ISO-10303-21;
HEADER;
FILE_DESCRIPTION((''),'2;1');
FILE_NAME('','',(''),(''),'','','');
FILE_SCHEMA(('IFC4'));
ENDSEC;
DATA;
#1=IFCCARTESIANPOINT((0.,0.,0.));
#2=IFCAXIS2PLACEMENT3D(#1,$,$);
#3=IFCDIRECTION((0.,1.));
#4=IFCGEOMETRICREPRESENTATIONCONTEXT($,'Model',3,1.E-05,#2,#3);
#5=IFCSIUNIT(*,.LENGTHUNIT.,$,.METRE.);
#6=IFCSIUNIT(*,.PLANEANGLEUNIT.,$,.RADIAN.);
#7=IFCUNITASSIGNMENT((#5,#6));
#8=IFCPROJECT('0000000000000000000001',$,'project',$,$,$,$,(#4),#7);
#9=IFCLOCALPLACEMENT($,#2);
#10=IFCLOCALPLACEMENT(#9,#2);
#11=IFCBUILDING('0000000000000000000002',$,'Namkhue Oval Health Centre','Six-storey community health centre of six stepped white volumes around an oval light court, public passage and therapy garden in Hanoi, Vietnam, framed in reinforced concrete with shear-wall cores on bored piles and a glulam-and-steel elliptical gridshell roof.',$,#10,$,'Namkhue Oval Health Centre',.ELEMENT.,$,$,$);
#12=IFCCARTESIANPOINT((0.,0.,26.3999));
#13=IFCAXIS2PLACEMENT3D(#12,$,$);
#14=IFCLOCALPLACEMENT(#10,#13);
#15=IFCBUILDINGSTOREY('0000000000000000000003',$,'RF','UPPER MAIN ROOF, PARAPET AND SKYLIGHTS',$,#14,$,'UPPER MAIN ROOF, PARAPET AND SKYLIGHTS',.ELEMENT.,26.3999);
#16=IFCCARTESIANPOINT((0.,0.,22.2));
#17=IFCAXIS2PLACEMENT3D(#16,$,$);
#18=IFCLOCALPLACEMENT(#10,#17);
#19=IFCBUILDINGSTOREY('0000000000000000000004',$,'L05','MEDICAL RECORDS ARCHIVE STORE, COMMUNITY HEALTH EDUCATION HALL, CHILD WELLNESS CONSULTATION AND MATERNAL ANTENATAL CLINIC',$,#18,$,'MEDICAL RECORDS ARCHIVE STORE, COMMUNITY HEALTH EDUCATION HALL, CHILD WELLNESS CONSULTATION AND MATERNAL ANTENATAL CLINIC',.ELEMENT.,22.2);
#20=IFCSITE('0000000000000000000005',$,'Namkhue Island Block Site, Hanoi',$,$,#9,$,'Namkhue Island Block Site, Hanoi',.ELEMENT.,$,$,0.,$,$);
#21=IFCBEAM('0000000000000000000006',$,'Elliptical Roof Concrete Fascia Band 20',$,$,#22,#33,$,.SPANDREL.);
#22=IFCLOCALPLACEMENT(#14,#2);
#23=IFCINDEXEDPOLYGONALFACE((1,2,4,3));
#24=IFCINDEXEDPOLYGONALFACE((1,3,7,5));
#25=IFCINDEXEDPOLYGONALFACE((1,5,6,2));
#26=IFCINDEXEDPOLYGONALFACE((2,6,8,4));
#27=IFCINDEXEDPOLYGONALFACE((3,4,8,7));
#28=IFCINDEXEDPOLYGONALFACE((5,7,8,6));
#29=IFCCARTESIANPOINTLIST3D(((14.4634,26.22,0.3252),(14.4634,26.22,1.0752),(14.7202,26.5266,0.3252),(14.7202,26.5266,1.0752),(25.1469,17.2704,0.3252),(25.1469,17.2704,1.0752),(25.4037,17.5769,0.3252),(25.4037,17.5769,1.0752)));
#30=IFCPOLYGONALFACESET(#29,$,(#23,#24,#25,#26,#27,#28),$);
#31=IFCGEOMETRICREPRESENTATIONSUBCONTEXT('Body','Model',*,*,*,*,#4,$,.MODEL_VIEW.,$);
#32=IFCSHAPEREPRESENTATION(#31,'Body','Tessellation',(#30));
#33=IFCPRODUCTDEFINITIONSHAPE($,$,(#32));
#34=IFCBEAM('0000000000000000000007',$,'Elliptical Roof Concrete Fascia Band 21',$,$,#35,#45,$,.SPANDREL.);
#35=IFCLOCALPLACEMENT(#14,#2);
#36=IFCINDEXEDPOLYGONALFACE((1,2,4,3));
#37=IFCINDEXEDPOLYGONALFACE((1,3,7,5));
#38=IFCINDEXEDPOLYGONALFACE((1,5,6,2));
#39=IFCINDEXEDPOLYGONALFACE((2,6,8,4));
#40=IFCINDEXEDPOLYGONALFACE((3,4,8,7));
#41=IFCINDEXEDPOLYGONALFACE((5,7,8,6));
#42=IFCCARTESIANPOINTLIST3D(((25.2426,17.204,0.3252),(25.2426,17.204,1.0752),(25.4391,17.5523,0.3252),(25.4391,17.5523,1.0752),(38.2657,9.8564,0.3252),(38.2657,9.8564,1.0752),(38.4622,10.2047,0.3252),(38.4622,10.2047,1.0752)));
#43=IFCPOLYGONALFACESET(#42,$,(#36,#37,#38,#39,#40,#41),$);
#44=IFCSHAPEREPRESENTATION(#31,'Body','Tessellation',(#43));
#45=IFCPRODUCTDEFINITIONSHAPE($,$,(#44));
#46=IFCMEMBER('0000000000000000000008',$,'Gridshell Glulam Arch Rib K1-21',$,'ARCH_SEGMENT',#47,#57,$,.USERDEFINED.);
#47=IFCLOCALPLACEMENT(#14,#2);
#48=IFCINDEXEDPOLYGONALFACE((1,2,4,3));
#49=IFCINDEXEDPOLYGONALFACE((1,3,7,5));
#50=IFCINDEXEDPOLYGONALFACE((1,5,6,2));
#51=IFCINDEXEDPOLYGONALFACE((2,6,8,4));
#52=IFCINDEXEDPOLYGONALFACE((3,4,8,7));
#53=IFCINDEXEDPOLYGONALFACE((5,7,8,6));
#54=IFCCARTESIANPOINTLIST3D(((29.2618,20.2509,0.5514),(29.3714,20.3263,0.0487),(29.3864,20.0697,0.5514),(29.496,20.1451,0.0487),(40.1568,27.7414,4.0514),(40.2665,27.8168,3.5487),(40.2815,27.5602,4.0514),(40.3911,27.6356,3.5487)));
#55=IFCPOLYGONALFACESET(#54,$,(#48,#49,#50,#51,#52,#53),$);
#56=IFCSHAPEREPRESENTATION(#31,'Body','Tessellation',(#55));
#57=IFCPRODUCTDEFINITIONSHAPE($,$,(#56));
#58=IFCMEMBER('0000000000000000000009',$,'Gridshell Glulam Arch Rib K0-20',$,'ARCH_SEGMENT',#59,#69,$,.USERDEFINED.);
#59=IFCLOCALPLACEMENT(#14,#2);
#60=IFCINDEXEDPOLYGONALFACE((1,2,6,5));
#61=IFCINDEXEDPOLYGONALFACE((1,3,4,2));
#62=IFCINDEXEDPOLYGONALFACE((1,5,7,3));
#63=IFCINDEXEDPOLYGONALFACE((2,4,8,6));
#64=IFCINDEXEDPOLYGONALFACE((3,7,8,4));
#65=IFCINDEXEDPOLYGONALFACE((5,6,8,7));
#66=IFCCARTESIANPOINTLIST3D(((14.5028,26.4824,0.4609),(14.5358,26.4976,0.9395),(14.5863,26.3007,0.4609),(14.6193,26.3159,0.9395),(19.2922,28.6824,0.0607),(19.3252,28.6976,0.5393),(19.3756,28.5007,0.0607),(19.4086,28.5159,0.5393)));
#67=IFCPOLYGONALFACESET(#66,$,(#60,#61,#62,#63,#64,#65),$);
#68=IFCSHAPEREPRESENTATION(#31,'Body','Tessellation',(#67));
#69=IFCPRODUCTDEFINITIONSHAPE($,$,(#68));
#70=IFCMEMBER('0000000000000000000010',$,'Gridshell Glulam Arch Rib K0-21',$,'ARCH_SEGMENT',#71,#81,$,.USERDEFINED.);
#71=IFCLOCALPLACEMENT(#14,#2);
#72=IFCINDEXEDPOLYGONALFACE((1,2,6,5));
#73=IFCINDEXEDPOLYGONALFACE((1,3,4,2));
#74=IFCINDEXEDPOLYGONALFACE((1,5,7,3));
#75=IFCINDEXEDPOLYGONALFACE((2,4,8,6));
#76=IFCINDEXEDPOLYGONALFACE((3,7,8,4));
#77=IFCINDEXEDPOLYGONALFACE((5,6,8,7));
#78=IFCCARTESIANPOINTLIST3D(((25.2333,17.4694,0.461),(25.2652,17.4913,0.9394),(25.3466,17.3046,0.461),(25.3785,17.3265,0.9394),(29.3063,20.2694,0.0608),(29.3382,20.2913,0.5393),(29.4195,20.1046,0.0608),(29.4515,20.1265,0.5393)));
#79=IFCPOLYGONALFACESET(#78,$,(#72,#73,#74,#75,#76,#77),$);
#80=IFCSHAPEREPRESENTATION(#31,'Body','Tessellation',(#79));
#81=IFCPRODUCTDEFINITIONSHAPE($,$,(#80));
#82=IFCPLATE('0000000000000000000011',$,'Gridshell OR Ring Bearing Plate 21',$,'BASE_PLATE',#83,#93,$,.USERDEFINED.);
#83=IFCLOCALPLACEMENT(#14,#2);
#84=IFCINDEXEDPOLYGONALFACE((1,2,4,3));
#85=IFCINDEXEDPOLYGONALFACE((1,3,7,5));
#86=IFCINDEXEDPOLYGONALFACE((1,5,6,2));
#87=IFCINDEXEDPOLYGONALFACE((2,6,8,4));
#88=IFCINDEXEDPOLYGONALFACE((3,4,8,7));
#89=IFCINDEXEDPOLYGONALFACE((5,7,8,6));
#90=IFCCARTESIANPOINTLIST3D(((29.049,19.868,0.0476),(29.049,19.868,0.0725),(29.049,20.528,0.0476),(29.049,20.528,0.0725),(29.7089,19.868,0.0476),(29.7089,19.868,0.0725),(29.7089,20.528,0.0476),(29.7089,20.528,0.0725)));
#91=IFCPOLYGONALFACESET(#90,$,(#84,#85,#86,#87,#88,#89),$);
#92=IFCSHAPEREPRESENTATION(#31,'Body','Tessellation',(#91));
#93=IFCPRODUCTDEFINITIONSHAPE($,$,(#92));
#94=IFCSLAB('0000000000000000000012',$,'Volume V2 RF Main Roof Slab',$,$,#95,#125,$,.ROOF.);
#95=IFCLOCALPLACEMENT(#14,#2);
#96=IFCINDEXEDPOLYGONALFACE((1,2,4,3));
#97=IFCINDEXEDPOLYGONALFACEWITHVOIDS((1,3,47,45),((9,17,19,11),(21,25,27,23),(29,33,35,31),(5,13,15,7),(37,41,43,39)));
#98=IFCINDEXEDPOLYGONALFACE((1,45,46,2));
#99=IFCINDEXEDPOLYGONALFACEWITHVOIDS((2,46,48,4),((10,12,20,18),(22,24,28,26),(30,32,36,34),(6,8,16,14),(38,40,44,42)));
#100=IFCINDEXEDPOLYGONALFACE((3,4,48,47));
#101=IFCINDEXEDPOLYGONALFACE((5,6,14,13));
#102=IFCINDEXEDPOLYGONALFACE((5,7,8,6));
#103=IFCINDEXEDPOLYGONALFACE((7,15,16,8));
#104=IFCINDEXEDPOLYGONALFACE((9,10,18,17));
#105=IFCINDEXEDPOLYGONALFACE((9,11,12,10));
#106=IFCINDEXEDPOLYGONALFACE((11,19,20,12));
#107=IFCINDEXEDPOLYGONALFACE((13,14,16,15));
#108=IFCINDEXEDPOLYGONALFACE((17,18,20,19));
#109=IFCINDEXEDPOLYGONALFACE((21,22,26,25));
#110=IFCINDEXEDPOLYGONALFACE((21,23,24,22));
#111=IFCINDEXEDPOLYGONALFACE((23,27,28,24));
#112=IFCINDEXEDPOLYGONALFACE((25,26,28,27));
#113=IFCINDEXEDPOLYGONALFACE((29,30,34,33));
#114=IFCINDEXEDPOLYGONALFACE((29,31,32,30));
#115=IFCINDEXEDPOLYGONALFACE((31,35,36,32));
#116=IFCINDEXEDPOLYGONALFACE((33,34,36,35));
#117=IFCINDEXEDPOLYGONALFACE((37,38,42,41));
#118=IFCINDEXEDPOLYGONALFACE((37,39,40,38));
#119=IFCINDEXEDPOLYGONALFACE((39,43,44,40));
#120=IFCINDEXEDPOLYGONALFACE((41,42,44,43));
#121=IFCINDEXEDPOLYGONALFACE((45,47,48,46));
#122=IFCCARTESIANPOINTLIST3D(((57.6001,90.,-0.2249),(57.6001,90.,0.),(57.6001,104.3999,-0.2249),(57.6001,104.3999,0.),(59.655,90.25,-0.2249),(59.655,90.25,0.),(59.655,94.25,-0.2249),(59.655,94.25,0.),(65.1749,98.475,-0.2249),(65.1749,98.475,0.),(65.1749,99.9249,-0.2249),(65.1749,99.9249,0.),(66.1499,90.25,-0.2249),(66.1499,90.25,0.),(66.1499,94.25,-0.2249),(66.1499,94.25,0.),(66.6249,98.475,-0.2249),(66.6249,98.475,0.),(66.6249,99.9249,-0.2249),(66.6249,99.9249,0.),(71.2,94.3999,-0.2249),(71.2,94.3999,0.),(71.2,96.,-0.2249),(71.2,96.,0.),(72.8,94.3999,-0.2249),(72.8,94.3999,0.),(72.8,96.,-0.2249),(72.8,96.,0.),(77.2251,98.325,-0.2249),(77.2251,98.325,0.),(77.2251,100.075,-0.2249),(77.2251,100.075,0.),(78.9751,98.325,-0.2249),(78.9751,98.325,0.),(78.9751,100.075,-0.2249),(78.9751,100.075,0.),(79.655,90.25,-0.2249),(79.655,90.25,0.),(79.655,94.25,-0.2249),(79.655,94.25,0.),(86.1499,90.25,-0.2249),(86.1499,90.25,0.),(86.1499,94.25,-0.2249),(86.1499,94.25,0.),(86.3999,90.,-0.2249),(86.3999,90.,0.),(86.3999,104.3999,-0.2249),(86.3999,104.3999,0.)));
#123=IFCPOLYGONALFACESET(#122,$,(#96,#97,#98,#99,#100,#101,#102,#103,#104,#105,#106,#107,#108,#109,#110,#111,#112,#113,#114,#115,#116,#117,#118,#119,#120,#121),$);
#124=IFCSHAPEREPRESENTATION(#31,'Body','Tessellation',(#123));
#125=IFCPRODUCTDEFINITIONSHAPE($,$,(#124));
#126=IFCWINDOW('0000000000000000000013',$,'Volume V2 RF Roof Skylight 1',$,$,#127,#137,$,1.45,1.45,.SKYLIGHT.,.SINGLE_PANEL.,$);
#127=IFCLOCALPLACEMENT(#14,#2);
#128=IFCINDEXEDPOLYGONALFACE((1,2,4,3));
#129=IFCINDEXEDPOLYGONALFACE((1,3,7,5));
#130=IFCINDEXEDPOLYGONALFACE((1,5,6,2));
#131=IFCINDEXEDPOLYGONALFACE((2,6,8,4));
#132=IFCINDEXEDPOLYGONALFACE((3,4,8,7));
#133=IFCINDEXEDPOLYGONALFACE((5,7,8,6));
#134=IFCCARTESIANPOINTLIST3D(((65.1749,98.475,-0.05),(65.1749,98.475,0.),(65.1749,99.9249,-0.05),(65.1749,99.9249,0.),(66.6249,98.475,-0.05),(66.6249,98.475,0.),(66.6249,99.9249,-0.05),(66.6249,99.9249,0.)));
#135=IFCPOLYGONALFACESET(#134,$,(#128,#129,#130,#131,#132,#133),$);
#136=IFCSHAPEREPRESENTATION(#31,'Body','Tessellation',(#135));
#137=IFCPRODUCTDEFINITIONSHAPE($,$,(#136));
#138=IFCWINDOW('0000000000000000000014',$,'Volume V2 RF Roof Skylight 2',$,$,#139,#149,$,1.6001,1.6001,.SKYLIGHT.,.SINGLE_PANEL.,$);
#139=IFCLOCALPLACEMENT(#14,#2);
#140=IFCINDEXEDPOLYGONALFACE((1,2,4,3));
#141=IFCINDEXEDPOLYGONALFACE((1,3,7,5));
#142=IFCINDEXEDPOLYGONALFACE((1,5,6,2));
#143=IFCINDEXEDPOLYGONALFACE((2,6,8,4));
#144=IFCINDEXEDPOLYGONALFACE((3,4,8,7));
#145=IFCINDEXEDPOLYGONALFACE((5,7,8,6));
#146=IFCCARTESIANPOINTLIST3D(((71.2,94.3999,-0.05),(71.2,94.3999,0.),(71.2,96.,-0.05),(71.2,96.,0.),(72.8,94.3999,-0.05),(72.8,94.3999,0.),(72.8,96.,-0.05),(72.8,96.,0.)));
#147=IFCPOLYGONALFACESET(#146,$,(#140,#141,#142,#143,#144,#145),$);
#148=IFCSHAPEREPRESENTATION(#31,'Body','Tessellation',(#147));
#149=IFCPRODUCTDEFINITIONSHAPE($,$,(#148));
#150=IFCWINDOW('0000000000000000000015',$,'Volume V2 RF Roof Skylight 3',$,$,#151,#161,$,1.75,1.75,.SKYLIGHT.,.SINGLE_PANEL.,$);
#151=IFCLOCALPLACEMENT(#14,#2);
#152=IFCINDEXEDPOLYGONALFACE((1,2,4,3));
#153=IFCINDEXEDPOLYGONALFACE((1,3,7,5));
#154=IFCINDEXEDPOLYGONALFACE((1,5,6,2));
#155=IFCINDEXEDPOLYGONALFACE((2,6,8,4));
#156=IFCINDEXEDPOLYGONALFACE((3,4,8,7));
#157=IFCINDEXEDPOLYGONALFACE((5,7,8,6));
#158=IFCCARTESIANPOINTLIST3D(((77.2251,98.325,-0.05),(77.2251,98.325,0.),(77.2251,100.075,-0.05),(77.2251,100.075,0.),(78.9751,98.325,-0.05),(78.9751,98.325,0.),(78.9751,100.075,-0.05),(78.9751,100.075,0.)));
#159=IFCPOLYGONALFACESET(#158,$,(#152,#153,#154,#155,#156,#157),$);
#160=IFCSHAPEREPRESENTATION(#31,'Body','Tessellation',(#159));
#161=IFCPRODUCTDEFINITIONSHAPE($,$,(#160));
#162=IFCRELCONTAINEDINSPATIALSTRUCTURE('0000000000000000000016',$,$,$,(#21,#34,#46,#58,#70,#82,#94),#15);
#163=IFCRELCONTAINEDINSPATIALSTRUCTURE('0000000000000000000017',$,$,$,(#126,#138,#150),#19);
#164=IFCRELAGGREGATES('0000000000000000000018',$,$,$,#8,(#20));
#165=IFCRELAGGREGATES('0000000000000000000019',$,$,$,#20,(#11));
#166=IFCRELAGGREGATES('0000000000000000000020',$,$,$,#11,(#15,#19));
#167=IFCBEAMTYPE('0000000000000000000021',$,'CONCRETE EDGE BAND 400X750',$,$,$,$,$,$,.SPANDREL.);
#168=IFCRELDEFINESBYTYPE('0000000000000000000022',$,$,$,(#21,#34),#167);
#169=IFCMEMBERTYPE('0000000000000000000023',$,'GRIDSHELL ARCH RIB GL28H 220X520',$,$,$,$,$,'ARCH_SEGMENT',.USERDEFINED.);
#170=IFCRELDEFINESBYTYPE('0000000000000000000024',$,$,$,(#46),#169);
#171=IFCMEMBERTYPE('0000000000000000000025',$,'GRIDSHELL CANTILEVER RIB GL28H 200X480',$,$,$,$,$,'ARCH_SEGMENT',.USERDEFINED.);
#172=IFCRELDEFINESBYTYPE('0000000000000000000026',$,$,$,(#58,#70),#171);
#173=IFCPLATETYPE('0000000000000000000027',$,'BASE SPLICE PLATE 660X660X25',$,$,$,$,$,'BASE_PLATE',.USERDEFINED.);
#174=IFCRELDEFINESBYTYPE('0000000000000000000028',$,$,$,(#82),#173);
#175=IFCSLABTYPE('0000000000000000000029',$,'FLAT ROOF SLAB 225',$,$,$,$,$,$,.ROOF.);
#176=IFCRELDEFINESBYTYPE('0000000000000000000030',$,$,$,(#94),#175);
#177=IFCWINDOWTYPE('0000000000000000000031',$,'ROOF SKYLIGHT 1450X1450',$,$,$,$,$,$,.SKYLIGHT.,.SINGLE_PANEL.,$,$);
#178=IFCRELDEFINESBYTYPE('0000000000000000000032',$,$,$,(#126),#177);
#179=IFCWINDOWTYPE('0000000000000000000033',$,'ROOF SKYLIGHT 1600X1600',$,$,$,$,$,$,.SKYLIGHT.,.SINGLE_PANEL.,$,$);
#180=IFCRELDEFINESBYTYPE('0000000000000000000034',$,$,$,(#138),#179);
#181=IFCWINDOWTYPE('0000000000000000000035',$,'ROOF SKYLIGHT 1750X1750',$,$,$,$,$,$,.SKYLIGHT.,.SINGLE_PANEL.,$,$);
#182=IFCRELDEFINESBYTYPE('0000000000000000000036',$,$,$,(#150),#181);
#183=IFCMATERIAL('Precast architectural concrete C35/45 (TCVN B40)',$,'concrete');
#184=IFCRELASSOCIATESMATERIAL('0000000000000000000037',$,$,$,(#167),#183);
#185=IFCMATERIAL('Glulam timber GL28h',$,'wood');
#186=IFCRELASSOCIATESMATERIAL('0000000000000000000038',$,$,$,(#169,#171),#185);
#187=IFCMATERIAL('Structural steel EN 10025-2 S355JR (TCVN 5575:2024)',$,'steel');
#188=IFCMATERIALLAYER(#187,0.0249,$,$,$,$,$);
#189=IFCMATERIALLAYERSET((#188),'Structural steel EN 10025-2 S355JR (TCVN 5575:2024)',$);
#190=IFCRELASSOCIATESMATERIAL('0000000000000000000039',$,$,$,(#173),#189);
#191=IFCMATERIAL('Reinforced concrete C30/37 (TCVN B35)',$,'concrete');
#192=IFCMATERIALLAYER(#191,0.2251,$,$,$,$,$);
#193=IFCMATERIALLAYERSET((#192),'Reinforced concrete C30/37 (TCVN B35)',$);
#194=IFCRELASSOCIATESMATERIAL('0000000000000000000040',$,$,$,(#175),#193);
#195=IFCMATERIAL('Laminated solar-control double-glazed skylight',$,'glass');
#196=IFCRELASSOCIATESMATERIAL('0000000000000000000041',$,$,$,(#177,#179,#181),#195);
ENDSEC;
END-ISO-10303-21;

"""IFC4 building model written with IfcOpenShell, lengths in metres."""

from ifc_helpers import new_model, si_unit, direction, frame, origin, origin_2d, place, context, subcontext, project, spatial, polyline, rectangle, outline, extrude, material, layer, layer_set, material_profile, profile_set, type_object, element, fill, save


model = new_model("IFC4")

# Units and contexts
model_context = context("Model", 3, precision=1e-05, world=origin(), true_north=direction((0.0, 1.0)))
body_context = subcontext(model_context, "Body", "Model", "MODEL_VIEW")
ifc_project = project(units=[si_unit("LENGTHUNIT", "METRE"), si_unit("PLANEANGLEUNIT", "RADIAN")], contexts=[model_context])

# Site, building, storey
site_placement = place(None, origin())
site = spatial("IfcSite", under=ifc_project, at=site_placement, Name="Namkhue Island Block Site, Hanoi", LongName="Namkhue Island Block Site, Hanoi", CompositionType="ELEMENT", RefElevation=0.0)
building_placement = place(site_placement, origin())
building = spatial("IfcBuilding", under=site, at=building_placement, Name="Namkhue Oval Health Centre", Description="Six-storey community health centre of six stepped white volumes around an oval light court, public passage and therapy garden in Hanoi, Vietnam, framed in reinforced concrete with shear-wall cores on bored piles and a glulam-and-steel elliptical gridshell roof.", LongName="Namkhue Oval Health Centre", CompositionType="ELEMENT")
storey_1_placement = place(building_placement, frame((0.0, 0.0, 26.3999)))
storey_1 = spatial("IfcBuildingStorey", under=building, at=storey_1_placement, Name="RF", Description="UPPER MAIN ROOF, PARAPET AND SKYLIGHTS", LongName="UPPER MAIN ROOF, PARAPET AND SKYLIGHTS", CompositionType="ELEMENT", Elevation=26.3999)

# Beams
ifc_material_1 = material(Name="Precast architectural concrete C35/45 (TCVN B40)", Category="concrete")
ifc_material_profile_1 = material_profile(ifc_material_1, rectangle(XDim=0.3999, YDim=0.75, at=origin_2d()), Name="RC 400x750")
ifc_profile_set_1 = profile_set([ifc_material_profile_1], Name="Precast architectural concrete C35/45 (TCVN B40)")
beam_type = type_object("IfcBeamType", Name="CONCRETE EDGE BAND 400X750", PredefinedType="SPANDREL", material=ifc_profile_set_1)
beam_1_placement = place(storey_1_placement, frame((14.5918, 26.3733, 0.7002), z_axis=(0.76657, -0.64216, 0.0), x_axis=(0.64216, 0.76657, 0.0)))
element("IfcBeam", 1, at=beam_1_placement, inside=storey_1, type_object=beam_type, Name="Elliptical Roof Concrete Fascia Band 20", PredefinedType="SPANDREL", context=body_context, shape_type="SweptSolid", body=[
    extrude(rectangle(XDim=0.3999, YDim=0.75, at=origin_2d()), origin(), (0.0, 0.0, 1.0), 13.9368),
])
beam_2_placement = place(storey_1_placement, frame((25.3408, 17.3782, 0.7002), z_axis=(0.870943, -0.491384, 0.0), x_axis=(0.491384, 0.870943, 0.0)))
element("IfcBeam", 2, at=beam_2_placement, inside=storey_1, type_object=beam_type, Name="Elliptical Roof Concrete Fascia Band 21", PredefinedType="SPANDREL", context=body_context, shape_type="SweptSolid", body=[
    extrude(rectangle(XDim=0.3999, YDim=0.75, at=origin_2d()), origin(), (0.0, 0.0, 1.0), 14.9529),
])

# Members
ifc_material_2 = material(Name="Glulam timber GL28h", Category="wood")
ifc_material_profile_2 = material_profile(ifc_material_2, rectangle(XDim=0.22, YDim=0.52, at=origin_2d()), Name="GL28h 220x520")
ifc_profile_set_2 = profile_set([ifc_material_profile_2], Name="Glulam timber GL28h")
member_type_1 = type_object("IfcMemberType", Name="GRIDSHELL ARCH RIB GL28H 220X520", ElementType="ARCH_SEGMENT", PredefinedType="USERDEFINED", material=ifc_profile_set_2)
member_1_placement = place(storey_1_placement, frame((29.3789, 20.198, 0.3), z_axis=(0.796598, 0.547672, 0.255905), x_axis=(-0.566537, 0.824037, 0.0)))
element("IfcMember", 3, at=member_1_placement, inside=storey_1, type_object=member_type_1, Name="Gridshell Glulam Arch Rib K1-21", ObjectType="ARCH_SEGMENT", PredefinedType="USERDEFINED", context=body_context, shape_type="SweptSolid", body=[
    extrude(rectangle(XDim=0.22, YDim=0.52, at=origin_2d()), origin(), (0.0, 0.0, 1.0), 13.677),
])
ifc_material_profile_3 = material_profile(ifc_material_2, rectangle(XDim=0.2, YDim=0.48, at=origin_2d()), Name="GL28h 200x480")
ifc_profile_set_3 = profile_set([ifc_material_profile_3], Name="Glulam timber GL28h")
member_type_2 = type_object("IfcMemberType", Name="GRIDSHELL CANTILEVER RIB GL28H 200X480", ElementType="ARCH_SEGMENT", PredefinedType="USERDEFINED", material=ifc_profile_set_3)
member_2_placement = place(storey_1_placement, frame((14.561, 26.3992, 0.7002), z_axis=(0.906108, 0.416218, -0.075705), x_axis=(-0.417415, 0.908716, 0.0)))
element("IfcMember", 4, at=member_2_placement, inside=storey_1, type_object=member_type_2, Name="Gridshell Glulam Arch Rib K0-20", ObjectType="ARCH_SEGMENT", PredefinedType="USERDEFINED", context=body_context, shape_type="SweptSolid", body=[
    extrude(rectangle(XDim=0.2, YDim=0.48, at=origin_2d()), origin(), (0.0, 0.0, 1.0), 5.2856),
])
member_3_placement = place(storey_1_placement, frame((25.3059, 17.3979, 0.7002), z_axis=(0.821368, 0.564663, -0.080694), x_axis=(-0.56651, 0.824055, 0.0)))
element("IfcMember", 5, at=member_3_placement, inside=storey_1, type_object=member_type_2, Name="Gridshell Glulam Arch Rib K0-21", ObjectType="ARCH_SEGMENT", PredefinedType="USERDEFINED", context=body_context, shape_type="SweptSolid", body=[
    extrude(rectangle(XDim=0.2, YDim=0.48, at=origin_2d()), origin(), (0.0, 0.0, 1.0), 4.9587),
])

# Plate
ifc_material_3 = material(Name="Structural steel EN 10025-2 S355JR (TCVN 5575:2024)", Category="steel")
ifc_layer_1 = layer(ifc_material_3, 0.0249)
ifc_layer_set_1 = layer_set([ifc_layer_1], Name="Structural steel EN 10025-2 S355JR (TCVN 5575:2024)")
plate_type_1 = type_object("IfcPlateType", Name="BASE SPLICE PLATE 660X660X25", ElementType="BASE_PLATE", PredefinedType="USERDEFINED", material=ifc_layer_set_1)
plate_1_placement = place(storey_1_placement, frame((29.3789, 20.198, 0.0476), z_axis=(0.0, 0.0, 1.0), x_axis=(1.0, 0.0, 0.0)))
element("IfcPlate", 6, at=plate_1_placement, inside=storey_1, type_object=plate_type_1, Name="Gridshell OR Ring Bearing Plate 21", ObjectType="BASE_PLATE", PredefinedType="USERDEFINED", context=body_context, shape_type="SweptSolid", body=[
    extrude(rectangle(XDim=0.6599, YDim=0.6599, at=origin_2d()), origin(), (0.0, 0.0, 1.0), 0.0249),
])

# Slab, openings
ifc_material_4 = material(Name="Reinforced concrete C30/37 (TCVN B35)", Category="concrete")
ifc_layer_2 = layer(ifc_material_4, 0.2251)
ifc_layer_set_2 = layer_set([ifc_layer_2], Name="Reinforced concrete C30/37 (TCVN B35)")
slab_type_1 = type_object("IfcSlabType", Name="FLAT ROOF SLAB 225", PredefinedType="ROOF", material=ifc_layer_set_2)
slab_1_placement = place(storey_1_placement, frame((0.0, 0.0, -0.2249)))
slab_1 = element("IfcSlab", 7, at=slab_1_placement, inside=storey_1, type_object=slab_type_1, Name="Volume V2 RF Main Roof Slab", PredefinedType="ROOF", context=body_context, shape_type="SweptSolid", body=[
    extrude(outline(polyline([(57.6001, 90.0), (86.3999, 90.0), (86.3999, 104.3999), (57.6001, 104.3999), (57.6001, 90.0)]), holes=[polyline([(59.655, 90.25), (66.1499, 90.25), (66.1499, 94.25), (59.655, 94.25), (59.655, 90.25)]), polyline([(79.655, 90.25), (86.1499, 90.25), (86.1499, 94.25), (79.655, 94.25), (79.655, 90.25)])]), origin(), (0.0, 0.0, 1.0), 0.2249),
])
opening_1_placement = place(slab_1_placement, frame((65.8999, 99.2, 0.0)))
opening_1 = element("IfcOpeningElement", 8, at=opening_1_placement, cuts=slab_1, PredefinedType="OPENING", context=body_context, shape_type="SweptSolid", body=[
    extrude(rectangle(XDim=1.45, YDim=1.45, at=origin_2d()), frame((0.0, 0.0, -0.01)), (0.0, 0.0, 1.0), 0.2449),
])
opening_2_placement = place(slab_1_placement, frame((72.0, 95.2, 0.0)))
opening_2 = element("IfcOpeningElement", 9, at=opening_2_placement, cuts=slab_1, PredefinedType="OPENING", context=body_context, shape_type="SweptSolid", body=[
    extrude(rectangle(XDim=1.6001, YDim=1.6001, at=origin_2d()), frame((0.0, 0.0, -0.01)), (0.0, 0.0, 1.0), 0.2449),
])
opening_3_placement = place(slab_1_placement, frame((78.1001, 99.2, 0.0)))
opening_3 = element("IfcOpeningElement", 10, at=opening_3_placement, cuts=slab_1, PredefinedType="OPENING", context=body_context, shape_type="SweptSolid", body=[
    extrude(rectangle(XDim=1.75, YDim=1.75, at=origin_2d()), frame((0.0, 0.0, -0.01)), (0.0, 0.0, 1.0), 0.2449),
])

# Shared definitions
storey_2_placement = place(building_placement, frame((0.0, 0.0, 22.2)))
storey_2 = spatial("IfcBuildingStorey", under=building, at=storey_2_placement, Name="L05", Description="MEDICAL RECORDS ARCHIVE STORE, COMMUNITY HEALTH EDUCATION HALL, CHILD WELLNESS CONSULTATION AND MATERNAL ANTENATAL CLINIC", LongName="MEDICAL RECORDS ARCHIVE STORE, COMMUNITY HEALTH EDUCATION HALL, CHILD WELLNESS CONSULTATION AND MATERNAL ANTENATAL CLINIC", CompositionType="ELEMENT", Elevation=22.2)

# Windows
ifc_material_5 = material(Name="Laminated solar-control double-glazed skylight", Category="glass")
window_type_1 = type_object("IfcWindowType", Name="ROOF SKYLIGHT 1450X1450", PartitioningType="SINGLE_PANEL", PredefinedType="SKYLIGHT", material=ifc_material_5)
window_1_placement = place(opening_1_placement, frame((0.0, 0.0, 0.1748)))
window_1 = element("IfcWindow", 11, at=window_1_placement, inside=storey_2, type_object=window_type_1, Name="Volume V2 RF Roof Skylight 1", OverallHeight=1.45, OverallWidth=1.45, PartitioningType="SINGLE_PANEL", PredefinedType="SKYLIGHT", context=body_context, shape_type="SweptSolid", body=[
    extrude(rectangle(XDim=1.45, YDim=1.45, at=origin_2d()), origin(), (0.0, 0.0, 1.0), 0.05),
])
fill(opening_1, window_1)
window_type_2 = type_object("IfcWindowType", Name="ROOF SKYLIGHT 1600X1600", PartitioningType="SINGLE_PANEL", PredefinedType="SKYLIGHT", material=ifc_material_5)
window_2_placement = place(opening_2_placement, frame((0.0, 0.0, 0.1748)))
window_2 = element("IfcWindow", 12, at=window_2_placement, inside=storey_2, type_object=window_type_2, Name="Volume V2 RF Roof Skylight 2", OverallHeight=1.6001, OverallWidth=1.6001, PartitioningType="SINGLE_PANEL", PredefinedType="SKYLIGHT", context=body_context, shape_type="SweptSolid", body=[
    extrude(rectangle(XDim=1.6001, YDim=1.6001, at=origin_2d()), origin(), (0.0, 0.0, 1.0), 0.05),
])
fill(opening_2, window_2)
window_type_3 = type_object("IfcWindowType", Name="ROOF SKYLIGHT 1750X1750", PartitioningType="SINGLE_PANEL", PredefinedType="SKYLIGHT", material=ifc_material_5)
window_3_placement = place(opening_3_placement, frame((0.0, 0.0, 0.1748)))
window_3 = element("IfcWindow", 13, at=window_3_placement, inside=storey_2, type_object=window_type_3, Name="Volume V2 RF Roof Skylight 3", OverallHeight=1.75, OverallWidth=1.75, PartitioningType="SINGLE_PANEL", PredefinedType="SKYLIGHT", context=body_context, shape_type="SweptSolid", body=[
    extrude(rectangle(XDim=1.75, YDim=1.75, at=origin_2d()), origin(), (0.0, 0.0, 1.0), 0.05),
])
fill(opening_3, window_3)

save(model, "model.ifc")
